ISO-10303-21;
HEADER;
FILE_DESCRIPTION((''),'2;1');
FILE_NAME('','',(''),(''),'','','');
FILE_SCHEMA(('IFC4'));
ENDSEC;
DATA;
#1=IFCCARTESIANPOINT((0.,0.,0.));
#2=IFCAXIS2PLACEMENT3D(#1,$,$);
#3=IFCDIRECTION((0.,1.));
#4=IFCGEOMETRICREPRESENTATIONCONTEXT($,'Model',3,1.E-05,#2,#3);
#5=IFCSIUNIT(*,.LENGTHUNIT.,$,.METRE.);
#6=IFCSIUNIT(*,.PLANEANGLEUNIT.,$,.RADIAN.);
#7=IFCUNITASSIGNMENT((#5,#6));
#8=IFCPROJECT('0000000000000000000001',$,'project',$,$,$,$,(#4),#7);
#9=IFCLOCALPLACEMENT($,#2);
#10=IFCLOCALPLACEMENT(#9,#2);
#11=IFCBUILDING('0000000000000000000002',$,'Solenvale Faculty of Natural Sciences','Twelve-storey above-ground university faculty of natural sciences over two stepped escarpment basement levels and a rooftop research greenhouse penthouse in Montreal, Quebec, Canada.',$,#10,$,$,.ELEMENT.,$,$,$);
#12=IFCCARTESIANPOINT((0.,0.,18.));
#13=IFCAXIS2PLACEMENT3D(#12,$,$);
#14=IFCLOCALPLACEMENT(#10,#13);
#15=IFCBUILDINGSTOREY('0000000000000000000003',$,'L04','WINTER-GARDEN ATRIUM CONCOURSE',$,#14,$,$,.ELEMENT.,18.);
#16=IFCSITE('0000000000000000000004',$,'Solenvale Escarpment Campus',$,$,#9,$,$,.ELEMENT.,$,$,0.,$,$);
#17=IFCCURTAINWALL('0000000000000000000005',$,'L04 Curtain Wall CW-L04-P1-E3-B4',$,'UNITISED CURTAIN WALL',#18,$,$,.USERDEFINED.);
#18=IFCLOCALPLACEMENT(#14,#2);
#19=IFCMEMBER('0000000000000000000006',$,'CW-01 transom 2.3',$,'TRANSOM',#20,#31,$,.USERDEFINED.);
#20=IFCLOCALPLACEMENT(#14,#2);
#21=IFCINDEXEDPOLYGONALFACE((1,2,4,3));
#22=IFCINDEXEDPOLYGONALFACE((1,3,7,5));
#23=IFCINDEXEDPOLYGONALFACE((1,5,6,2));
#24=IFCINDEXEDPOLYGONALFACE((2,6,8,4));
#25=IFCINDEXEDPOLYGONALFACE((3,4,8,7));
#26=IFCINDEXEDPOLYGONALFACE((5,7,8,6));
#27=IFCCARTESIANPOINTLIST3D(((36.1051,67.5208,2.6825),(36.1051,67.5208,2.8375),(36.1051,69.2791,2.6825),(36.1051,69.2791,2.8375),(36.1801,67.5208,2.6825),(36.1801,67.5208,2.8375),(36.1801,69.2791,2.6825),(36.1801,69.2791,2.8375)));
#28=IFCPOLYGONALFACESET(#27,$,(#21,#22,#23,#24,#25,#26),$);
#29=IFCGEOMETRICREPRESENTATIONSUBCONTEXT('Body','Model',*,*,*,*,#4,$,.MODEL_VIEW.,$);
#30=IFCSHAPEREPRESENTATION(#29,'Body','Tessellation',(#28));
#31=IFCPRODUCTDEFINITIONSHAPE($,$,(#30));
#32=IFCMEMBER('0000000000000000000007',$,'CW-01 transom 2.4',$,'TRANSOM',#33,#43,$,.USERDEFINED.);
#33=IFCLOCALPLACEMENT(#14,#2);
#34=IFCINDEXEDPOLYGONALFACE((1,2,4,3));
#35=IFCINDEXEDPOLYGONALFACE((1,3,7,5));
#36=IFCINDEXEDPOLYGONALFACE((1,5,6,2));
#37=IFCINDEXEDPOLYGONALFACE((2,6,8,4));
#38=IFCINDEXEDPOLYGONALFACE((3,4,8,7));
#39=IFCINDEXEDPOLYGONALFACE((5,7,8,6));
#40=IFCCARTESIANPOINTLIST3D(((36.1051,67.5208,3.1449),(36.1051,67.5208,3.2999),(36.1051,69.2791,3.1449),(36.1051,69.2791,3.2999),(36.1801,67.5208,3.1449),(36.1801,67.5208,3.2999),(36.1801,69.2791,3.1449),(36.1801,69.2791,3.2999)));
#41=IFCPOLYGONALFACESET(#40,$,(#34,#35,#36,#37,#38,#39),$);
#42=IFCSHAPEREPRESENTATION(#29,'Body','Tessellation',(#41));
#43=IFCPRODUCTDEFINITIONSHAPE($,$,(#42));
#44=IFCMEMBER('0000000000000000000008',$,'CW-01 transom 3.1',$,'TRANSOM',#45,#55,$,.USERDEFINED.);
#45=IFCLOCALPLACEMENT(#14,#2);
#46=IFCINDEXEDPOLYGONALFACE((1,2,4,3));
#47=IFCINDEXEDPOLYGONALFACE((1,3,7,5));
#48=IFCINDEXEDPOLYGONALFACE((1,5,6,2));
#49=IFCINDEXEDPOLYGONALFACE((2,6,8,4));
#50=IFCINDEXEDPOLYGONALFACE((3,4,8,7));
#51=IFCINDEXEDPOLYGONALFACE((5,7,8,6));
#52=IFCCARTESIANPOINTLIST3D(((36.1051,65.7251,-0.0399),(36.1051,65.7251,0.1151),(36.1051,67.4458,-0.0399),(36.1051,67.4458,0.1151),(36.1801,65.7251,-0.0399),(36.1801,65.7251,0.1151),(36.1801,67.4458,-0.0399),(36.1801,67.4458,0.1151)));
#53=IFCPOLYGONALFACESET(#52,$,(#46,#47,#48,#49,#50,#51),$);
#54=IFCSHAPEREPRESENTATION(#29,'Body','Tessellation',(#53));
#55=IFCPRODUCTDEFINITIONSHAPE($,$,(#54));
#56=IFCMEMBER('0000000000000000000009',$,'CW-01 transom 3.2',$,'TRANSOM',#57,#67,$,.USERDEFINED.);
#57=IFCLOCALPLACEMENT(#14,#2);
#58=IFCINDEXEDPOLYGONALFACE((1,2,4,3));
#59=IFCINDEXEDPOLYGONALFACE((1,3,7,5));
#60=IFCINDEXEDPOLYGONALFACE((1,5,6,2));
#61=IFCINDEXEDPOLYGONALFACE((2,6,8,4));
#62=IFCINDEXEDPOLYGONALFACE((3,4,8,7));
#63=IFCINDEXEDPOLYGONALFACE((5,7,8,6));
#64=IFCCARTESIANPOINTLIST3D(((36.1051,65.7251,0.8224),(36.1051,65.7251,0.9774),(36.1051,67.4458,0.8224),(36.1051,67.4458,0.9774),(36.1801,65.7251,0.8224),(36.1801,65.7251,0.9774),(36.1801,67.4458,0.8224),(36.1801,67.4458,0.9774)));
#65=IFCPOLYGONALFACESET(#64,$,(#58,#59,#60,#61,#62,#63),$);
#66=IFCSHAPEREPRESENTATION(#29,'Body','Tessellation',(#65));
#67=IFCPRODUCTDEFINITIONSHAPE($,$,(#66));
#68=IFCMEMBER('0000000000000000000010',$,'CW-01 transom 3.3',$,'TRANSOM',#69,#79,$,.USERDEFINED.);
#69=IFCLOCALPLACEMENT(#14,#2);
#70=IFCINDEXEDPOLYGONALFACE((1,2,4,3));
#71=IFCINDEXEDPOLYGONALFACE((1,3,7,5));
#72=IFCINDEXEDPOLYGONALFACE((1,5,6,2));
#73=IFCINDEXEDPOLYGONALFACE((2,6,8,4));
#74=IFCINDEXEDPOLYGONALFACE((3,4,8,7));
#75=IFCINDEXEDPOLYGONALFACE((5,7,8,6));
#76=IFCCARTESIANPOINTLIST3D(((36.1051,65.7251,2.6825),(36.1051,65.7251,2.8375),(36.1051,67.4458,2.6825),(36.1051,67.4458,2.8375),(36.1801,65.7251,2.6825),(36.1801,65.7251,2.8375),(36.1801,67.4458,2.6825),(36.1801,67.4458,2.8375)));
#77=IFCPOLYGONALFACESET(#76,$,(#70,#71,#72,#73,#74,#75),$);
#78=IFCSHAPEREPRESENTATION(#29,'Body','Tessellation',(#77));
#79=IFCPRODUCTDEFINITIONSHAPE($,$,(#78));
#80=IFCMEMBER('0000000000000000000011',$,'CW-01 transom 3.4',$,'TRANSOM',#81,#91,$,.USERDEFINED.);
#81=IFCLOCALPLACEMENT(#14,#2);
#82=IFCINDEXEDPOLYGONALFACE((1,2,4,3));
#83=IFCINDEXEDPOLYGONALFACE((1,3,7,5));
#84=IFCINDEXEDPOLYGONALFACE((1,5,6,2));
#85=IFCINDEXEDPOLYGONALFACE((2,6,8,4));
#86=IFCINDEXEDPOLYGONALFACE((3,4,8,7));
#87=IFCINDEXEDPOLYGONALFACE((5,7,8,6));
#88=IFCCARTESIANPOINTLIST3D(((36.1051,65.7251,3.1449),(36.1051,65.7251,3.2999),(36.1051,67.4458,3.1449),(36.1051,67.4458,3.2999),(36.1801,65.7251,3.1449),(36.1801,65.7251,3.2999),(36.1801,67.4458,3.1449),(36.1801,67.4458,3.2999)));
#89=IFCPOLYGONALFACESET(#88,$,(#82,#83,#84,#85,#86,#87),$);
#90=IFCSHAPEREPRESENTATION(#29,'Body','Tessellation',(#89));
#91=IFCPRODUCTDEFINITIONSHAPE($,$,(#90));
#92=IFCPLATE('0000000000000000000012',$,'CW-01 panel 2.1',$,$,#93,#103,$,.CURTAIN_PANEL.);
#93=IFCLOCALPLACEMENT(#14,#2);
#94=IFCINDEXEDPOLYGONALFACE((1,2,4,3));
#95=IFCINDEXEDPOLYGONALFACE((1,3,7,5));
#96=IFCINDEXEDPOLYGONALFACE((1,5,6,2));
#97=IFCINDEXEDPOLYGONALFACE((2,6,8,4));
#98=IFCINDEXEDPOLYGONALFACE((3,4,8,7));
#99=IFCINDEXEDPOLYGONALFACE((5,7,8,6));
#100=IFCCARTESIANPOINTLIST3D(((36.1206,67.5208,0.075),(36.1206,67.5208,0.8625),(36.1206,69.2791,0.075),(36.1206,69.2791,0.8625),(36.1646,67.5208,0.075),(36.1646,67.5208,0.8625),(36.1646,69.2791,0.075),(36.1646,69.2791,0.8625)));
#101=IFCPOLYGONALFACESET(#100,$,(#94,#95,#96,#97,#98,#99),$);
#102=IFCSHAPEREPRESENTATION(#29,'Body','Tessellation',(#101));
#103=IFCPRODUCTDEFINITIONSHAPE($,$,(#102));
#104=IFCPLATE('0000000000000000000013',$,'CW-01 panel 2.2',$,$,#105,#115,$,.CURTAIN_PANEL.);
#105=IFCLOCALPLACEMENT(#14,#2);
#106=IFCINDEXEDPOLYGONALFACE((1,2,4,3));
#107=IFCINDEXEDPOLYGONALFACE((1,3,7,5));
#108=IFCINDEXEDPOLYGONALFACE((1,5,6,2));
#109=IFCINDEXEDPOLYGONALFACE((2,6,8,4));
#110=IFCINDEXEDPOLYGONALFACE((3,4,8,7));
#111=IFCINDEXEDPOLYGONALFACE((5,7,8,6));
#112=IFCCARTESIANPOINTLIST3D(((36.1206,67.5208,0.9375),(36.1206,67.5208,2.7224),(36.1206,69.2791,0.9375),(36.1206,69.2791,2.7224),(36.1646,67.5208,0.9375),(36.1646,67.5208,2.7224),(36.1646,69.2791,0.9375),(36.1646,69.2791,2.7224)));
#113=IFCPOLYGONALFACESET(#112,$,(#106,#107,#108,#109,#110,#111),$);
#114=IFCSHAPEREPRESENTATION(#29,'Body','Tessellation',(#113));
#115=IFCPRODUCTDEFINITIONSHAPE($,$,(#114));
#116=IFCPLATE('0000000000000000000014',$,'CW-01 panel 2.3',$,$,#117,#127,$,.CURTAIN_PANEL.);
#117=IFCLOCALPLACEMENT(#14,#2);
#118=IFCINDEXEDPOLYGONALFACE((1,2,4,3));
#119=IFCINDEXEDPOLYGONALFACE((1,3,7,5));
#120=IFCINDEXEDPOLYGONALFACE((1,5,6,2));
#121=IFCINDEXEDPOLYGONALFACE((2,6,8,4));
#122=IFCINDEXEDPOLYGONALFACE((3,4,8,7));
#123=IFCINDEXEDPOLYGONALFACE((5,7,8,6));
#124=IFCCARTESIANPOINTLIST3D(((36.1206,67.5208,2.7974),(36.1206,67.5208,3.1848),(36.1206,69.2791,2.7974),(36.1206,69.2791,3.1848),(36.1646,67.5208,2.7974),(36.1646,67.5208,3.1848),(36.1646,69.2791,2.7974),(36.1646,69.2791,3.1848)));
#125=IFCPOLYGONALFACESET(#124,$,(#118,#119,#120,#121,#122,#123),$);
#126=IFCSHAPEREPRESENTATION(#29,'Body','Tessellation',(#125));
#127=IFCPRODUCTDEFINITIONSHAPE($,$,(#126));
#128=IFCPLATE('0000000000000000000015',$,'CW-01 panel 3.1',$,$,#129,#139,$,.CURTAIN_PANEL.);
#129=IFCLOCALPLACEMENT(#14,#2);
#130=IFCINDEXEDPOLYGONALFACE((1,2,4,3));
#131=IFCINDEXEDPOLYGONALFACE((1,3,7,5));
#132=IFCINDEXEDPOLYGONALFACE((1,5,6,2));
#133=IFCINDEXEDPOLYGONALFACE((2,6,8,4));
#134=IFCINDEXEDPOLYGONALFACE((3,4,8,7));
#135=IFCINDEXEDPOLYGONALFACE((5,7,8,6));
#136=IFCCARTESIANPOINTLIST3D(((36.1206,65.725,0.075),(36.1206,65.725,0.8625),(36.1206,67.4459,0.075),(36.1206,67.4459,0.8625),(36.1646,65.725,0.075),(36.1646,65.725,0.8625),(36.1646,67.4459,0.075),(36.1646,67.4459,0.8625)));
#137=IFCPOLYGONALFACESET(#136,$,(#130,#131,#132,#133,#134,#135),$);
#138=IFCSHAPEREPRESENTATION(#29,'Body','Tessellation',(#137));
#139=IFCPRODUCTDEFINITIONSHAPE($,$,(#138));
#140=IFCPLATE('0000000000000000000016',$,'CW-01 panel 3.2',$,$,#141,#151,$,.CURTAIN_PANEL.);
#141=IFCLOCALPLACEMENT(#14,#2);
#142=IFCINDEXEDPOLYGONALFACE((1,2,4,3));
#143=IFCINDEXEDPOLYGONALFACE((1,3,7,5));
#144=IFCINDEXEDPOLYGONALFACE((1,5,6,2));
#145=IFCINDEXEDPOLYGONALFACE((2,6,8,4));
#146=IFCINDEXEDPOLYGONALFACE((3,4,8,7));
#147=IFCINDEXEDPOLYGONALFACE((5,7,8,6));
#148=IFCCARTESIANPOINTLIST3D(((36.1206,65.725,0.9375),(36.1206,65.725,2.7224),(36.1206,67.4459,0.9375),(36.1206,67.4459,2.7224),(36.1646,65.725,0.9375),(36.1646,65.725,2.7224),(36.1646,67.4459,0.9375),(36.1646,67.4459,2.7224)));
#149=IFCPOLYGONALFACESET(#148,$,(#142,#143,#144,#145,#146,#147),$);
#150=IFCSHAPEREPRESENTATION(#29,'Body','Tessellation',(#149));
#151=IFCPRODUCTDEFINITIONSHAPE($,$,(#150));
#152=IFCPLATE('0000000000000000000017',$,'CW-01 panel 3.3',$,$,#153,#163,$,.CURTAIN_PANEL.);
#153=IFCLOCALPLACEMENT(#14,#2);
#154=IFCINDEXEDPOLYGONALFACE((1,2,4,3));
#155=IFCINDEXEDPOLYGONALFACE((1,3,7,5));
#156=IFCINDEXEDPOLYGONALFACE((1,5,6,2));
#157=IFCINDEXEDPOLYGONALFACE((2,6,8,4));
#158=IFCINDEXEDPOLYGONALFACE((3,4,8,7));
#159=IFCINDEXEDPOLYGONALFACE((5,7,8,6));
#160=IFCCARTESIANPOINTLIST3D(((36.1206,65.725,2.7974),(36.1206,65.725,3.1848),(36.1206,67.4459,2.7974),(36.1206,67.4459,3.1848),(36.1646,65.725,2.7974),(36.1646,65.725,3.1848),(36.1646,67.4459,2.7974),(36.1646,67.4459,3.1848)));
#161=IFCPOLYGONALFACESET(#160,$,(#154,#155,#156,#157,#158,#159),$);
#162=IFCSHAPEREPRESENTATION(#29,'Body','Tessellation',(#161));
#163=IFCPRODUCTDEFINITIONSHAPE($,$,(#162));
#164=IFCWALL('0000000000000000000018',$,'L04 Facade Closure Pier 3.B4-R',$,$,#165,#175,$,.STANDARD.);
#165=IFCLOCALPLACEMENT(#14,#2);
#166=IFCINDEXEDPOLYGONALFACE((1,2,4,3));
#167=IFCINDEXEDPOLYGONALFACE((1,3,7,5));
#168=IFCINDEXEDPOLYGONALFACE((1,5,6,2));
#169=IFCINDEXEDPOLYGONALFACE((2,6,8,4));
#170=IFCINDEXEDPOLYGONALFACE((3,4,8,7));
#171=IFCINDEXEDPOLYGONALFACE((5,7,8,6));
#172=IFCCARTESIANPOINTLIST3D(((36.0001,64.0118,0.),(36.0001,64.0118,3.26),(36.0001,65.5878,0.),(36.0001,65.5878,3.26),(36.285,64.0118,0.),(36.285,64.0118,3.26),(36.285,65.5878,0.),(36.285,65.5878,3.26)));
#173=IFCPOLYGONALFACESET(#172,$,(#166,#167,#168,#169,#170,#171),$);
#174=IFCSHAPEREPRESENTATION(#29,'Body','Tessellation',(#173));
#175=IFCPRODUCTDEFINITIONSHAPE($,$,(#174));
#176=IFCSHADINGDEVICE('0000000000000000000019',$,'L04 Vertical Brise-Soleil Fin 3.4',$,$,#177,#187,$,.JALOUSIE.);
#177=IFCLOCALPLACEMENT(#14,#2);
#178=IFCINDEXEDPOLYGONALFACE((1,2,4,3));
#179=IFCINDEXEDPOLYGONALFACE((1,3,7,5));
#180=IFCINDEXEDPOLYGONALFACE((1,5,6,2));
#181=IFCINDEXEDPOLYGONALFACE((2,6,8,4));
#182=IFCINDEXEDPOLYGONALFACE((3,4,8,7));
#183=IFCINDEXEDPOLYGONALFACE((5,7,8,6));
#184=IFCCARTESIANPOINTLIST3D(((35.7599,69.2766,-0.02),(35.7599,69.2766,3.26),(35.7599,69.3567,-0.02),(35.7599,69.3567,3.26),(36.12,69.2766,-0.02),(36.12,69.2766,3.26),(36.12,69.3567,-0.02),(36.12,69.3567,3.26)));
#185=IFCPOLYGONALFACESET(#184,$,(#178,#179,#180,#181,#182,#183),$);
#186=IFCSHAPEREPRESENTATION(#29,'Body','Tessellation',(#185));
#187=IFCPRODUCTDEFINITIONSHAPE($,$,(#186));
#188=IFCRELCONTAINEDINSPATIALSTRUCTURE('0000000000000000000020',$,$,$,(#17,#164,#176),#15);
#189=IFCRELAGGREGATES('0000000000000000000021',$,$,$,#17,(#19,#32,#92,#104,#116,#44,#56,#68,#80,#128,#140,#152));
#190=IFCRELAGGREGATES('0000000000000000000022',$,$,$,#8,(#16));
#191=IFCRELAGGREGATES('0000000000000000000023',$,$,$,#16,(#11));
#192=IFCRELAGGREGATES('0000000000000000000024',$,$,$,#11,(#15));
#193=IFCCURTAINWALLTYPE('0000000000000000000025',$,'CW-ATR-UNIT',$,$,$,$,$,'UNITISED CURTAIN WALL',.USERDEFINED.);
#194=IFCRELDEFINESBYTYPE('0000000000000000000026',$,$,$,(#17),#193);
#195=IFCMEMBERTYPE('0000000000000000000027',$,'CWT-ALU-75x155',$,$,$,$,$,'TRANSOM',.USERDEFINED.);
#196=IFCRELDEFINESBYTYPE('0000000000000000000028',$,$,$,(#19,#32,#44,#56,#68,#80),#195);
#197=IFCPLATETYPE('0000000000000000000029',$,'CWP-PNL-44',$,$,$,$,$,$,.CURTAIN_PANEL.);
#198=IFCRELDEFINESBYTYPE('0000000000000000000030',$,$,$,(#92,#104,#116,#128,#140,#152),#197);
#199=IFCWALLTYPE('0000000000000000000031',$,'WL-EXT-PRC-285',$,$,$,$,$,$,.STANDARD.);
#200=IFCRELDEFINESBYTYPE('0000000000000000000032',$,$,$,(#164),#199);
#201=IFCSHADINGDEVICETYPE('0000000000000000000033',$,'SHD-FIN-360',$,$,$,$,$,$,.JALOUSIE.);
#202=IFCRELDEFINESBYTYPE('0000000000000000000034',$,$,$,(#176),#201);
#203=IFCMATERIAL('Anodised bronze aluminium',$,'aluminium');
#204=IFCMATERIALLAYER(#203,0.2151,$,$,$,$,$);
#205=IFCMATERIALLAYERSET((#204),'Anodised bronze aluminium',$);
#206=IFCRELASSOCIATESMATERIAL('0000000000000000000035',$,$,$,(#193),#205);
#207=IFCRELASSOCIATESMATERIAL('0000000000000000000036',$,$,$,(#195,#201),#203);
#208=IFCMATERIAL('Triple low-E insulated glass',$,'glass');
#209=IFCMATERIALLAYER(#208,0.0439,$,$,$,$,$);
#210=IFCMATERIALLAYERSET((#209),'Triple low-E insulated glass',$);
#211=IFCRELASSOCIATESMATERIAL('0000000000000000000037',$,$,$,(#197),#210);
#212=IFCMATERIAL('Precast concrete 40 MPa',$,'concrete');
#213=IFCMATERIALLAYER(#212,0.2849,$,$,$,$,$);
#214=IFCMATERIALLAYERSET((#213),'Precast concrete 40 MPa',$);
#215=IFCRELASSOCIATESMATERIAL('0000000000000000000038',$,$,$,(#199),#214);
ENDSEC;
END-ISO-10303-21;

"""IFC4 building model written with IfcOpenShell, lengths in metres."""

from ifc_helpers import new_model, si_unit, direction, frame, frame_2d, origin, origin_2d, place, context, subcontext, project, spatial, rectangle, extrude, material, layer, layer_set, material_profile, profile_set, type_object, element, aggregate, save


model = new_model("IFC4")

# Units and contexts
model_context = context("Model", 3, precision=1e-05, world=origin(), true_north=direction((0.0, 1.0)))
body_context = subcontext(model_context, "Body", "Model", "MODEL_VIEW")
ifc_project = project(units=[si_unit("LENGTHUNIT", "METRE"), si_unit("PLANEANGLEUNIT", "RADIAN")], contexts=[model_context])

# Site, building, storey
site_placement = place(None, origin())
site = spatial("IfcSite", under=ifc_project, at=site_placement, Name="Solenvale Escarpment Campus", CompositionType="ELEMENT", RefElevation=0.0)
building_placement = place(site_placement, origin())
building = spatial("IfcBuilding", under=site, at=building_placement, Name="Solenvale Faculty of Natural Sciences", Description="Twelve-storey above-ground university faculty of natural sciences over two stepped escarpment basement levels and a rooftop research greenhouse penthouse in Montreal, Quebec, Canada.", CompositionType="ELEMENT")
storey_placement = place(building_placement, frame((0.0, 0.0, 18.0)))
storey = spatial("IfcBuildingStorey", under=building, at=storey_placement, Name="L04", Description="WINTER-GARDEN ATRIUM CONCOURSE", CompositionType="ELEMENT", Elevation=18.0)

# Curtain wall, members, plates
ifc_material_1 = material(Name="Anodised bronze aluminium", Category="aluminium")
ifc_layer_1 = layer(ifc_material_1, 0.2151)
ifc_layer_set_1 = layer_set([ifc_layer_1], Name="Anodised bronze aluminium")
curtain_wall_type = type_object("IfcCurtainWallType", Name="CW-ATR-UNIT", ElementType="UNITISED CURTAIN WALL", PredefinedType="USERDEFINED", material=ifc_layer_set_1)
curtain_wall_placement = place(storey_placement, origin())
curtain_wall = element("IfcCurtainWall", 1, at=curtain_wall_placement, inside=storey, type_object=curtain_wall_type, Name="L04 Curtain Wall CW-L04-P1-E3-B4", ObjectType="UNITISED CURTAIN WALL", PredefinedType="USERDEFINED")
ifc_material_profile_1 = material_profile(ifc_material_1, rectangle(XDim=0.075, YDim=0.155, at=origin_2d()), Name="ALU-TRN-75x155")
ifc_profile_set_1 = profile_set([ifc_material_profile_1], Name="Anodised bronze aluminium")
member_type_1 = type_object("IfcMemberType", Name="CWT-ALU-75x155", ElementType="TRANSOM", PredefinedType="USERDEFINED", material=ifc_profile_set_1)
member_1_placement = place(storey_placement, frame((36.1426, 69.2791, 2.76), z_axis=(0.0, -1.0, 0.0), x_axis=(1.0, 0.0, 0.0)))
member_1 = element("IfcMember", 2, at=member_1_placement, type_object=member_type_1, Name="CW-01 transom 2.3", ObjectType="TRANSOM", PredefinedType="USERDEFINED", context=body_context, shape_type="SweptSolid", body=[
    extrude(rectangle(XDim=0.075, YDim=0.155, at=origin_2d()), origin(), (0.0, 0.0, 1.0), 1.7583),
])
member_2_placement = place(storey_placement, frame((36.1426, 69.2791, 3.2224), z_axis=(0.0, -1.0, 0.0), x_axis=(1.0, 0.0, 0.0)))
member_2 = element("IfcMember", 3, at=member_2_placement, type_object=member_type_1, Name="CW-01 transom 2.4", ObjectType="TRANSOM", PredefinedType="USERDEFINED", context=body_context, shape_type="SweptSolid", body=[
    extrude(rectangle(XDim=0.075, YDim=0.155, at=origin_2d()), origin(), (0.0, 0.0, 1.0), 1.7583),
])
member_3_placement = place(storey_placement, frame((36.1426, 67.4458, 0.0376), z_axis=(0.0, -1.0, 0.0), x_axis=(1.0, 0.0, 0.0)))
member_3 = element("IfcMember", 4, at=member_3_placement, type_object=member_type_1, Name="CW-01 transom 3.1", ObjectType="TRANSOM", PredefinedType="USERDEFINED", context=body_context, shape_type="SweptSolid", body=[
    extrude(rectangle(XDim=0.075, YDim=0.155, at=origin_2d()), origin(), (0.0, 0.0, 1.0), 1.7207),
])
member_4_placement = place(storey_placement, frame((36.1426, 67.4458, 0.8999), z_axis=(0.0, -1.0, 0.0), x_axis=(1.0, 0.0, 0.0)))
member_4 = element("IfcMember", 5, at=member_4_placement, type_object=member_type_1, Name="CW-01 transom 3.2", ObjectType="TRANSOM", PredefinedType="USERDEFINED", context=body_context, shape_type="SweptSolid", body=[
    extrude(rectangle(XDim=0.075, YDim=0.155, at=origin_2d()), origin(), (0.0, 0.0, 1.0), 1.7207),
])
member_5_placement = place(storey_placement, frame((36.1426, 67.4458, 2.76), z_axis=(0.0, -1.0, 0.0), x_axis=(1.0, 0.0, 0.0)))
member_5 = element("IfcMember", 6, at=member_5_placement, type_object=member_type_1, Name="CW-01 transom 3.3", ObjectType="TRANSOM", PredefinedType="USERDEFINED", context=body_context, shape_type="SweptSolid", body=[
    extrude(rectangle(XDim=0.075, YDim=0.155, at=origin_2d()), origin(), (0.0, 0.0, 1.0), 1.7207),
])
member_6_placement = place(storey_placement, frame((36.1426, 67.4458, 3.2224), z_axis=(0.0, -1.0, 0.0), x_axis=(1.0, 0.0, 0.0)))
member_6 = element("IfcMember", 7, at=member_6_placement, type_object=member_type_1, Name="CW-01 transom 3.4", ObjectType="TRANSOM", PredefinedType="USERDEFINED", context=body_context, shape_type="SweptSolid", body=[
    extrude(rectangle(XDim=0.075, YDim=0.155, at=origin_2d()), origin(), (0.0, 0.0, 1.0), 1.7207),
])
ifc_material_2 = material(Name="Triple low-E insulated glass", Category="glass")
ifc_layer_2 = layer(ifc_material_2, 0.0439)
ifc_layer_set_2 = layer_set([ifc_layer_2], Name="Triple low-E insulated glass")
plate_type = type_object("IfcPlateType", Name="CWP-PNL-44", PredefinedType="CURTAIN_PANEL", material=ifc_layer_set_2)
plate_1_placement = place(storey_placement, frame((36.1426, 68.3999, 0.075), z_axis=(0.0, 0.0, 1.0), x_axis=(0.0, -1.0, 0.0)))
plate_1 = element("IfcPlate", 8, at=plate_1_placement, type_object=plate_type, Name="CW-01 panel 2.1", PredefinedType="CURTAIN_PANEL", context=body_context, shape_type="SweptSolid", body=[
    extrude(rectangle(XDim=1.7583, YDim=0.0439, at=origin_2d()), origin(), (0.0, 0.0, 1.0), 0.7876),
])
plate_2_placement = place(storey_placement, frame((36.1426, 68.3999, 0.9375), z_axis=(0.0, 0.0, 1.0), x_axis=(0.0, -1.0, 0.0)))
plate_2 = element("IfcPlate", 9, at=plate_2_placement, type_object=plate_type, Name="CW-01 panel 2.2", PredefinedType="CURTAIN_PANEL", context=body_context, shape_type="SweptSolid", body=[
    extrude(rectangle(XDim=1.7583, YDim=0.0439, at=origin_2d()), origin(), (0.0, 0.0, 1.0), 1.7849),
])
plate_3_placement = place(storey_placement, frame((36.1426, 68.3999, 2.7974), z_axis=(0.0, 0.0, 1.0), x_axis=(0.0, -1.0, 0.0)))
plate_3 = element("IfcPlate", 10, at=plate_3_placement, type_object=plate_type, Name="CW-01 panel 2.3", PredefinedType="CURTAIN_PANEL", context=body_context, shape_type="SweptSolid", body=[
    extrude(rectangle(XDim=1.7583, YDim=0.0439, at=origin_2d()), origin(), (0.0, 0.0, 1.0), 0.3875),
])
plate_4_placement = place(storey_placement, frame((36.1426, 66.5854, 0.075), z_axis=(0.0, 0.0, 1.0), x_axis=(0.0, -1.0, 0.0)))
plate_4 = element("IfcPlate", 11, at=plate_4_placement, type_object=plate_type, Name="CW-01 panel 3.1", PredefinedType="CURTAIN_PANEL", context=body_context, shape_type="SweptSolid", body=[
    extrude(rectangle(XDim=1.7209, YDim=0.0439, at=origin_2d()), origin(), (0.0, 0.0, 1.0), 0.7876),
])
plate_5_placement = place(storey_placement, frame((36.1426, 66.5854, 0.9375), z_axis=(0.0, 0.0, 1.0), x_axis=(0.0, -1.0, 0.0)))
plate_5 = element("IfcPlate", 12, at=plate_5_placement, type_object=plate_type, Name="CW-01 panel 3.2", PredefinedType="CURTAIN_PANEL", context=body_context, shape_type="SweptSolid", body=[
    extrude(rectangle(XDim=1.7209, YDim=0.0439, at=origin_2d()), origin(), (0.0, 0.0, 1.0), 1.7849),
])
plate_6_placement = place(storey_placement, frame((36.1426, 66.5854, 2.7974), z_axis=(0.0, 0.0, 1.0), x_axis=(0.0, -1.0, 0.0)))
plate_6 = element("IfcPlate", 13, at=plate_6_placement, type_object=plate_type, Name="CW-01 panel 3.3", PredefinedType="CURTAIN_PANEL", context=body_context, shape_type="SweptSolid", body=[
    extrude(rectangle(XDim=1.7209, YDim=0.0439, at=origin_2d()), origin(), (0.0, 0.0, 1.0), 0.3875),
])
aggregate(curtain_wall, [member_1, member_2, plate_1, plate_2, plate_3, member_3, member_4, member_5, member_6, plate_4, plate_5, plate_6])

# Wall
ifc_material_3 = material(Name="Precast concrete 40 MPa", Category="concrete")
ifc_layer_3 = layer(ifc_material_3, 0.2849)
ifc_layer_set_3 = layer_set([ifc_layer_3], Name="Precast concrete 40 MPa")
wall_type = type_object("IfcWallType", Name="WL-EXT-PRC-285", PredefinedType="STANDARD", material=ifc_layer_set_3)
wall_placement = place(storey_placement, frame((36.1426, 65.5879, 0.0), z_axis=(0.0, 0.0, 1.0), x_axis=(0.0, -1.0, 0.0)))
element("IfcWall", 14, at=wall_placement, inside=storey, type_object=wall_type, Name="L04 Facade Closure Pier 3.B4-R", PredefinedType="STANDARD", context=body_context, shape_type="SweptSolid", body=[
    extrude(rectangle(XDim=1.5759, YDim=0.2849, at=frame_2d((0.7881, 0.0))), origin(), (0.0, 0.0, 1.0), 3.26),
])

# Shading device
ifc_material_profile_2 = material_profile(ifc_material_1, rectangle(XDim=0.0801, YDim=0.3601, at=origin_2d()), Name="ALU-FIN-80x360")
ifc_profile_set_2 = profile_set([ifc_material_profile_2], Name="Anodised bronze aluminium")
shading_device_type = type_object("IfcShadingDeviceType", Name="SHD-FIN-360", PredefinedType="JALOUSIE", material=ifc_profile_set_2)
shading_device_placement = place(storey_placement, frame((35.9399, 69.3167, -0.02), z_axis=(0.0, 0.0, 1.0), x_axis=(0.0, 1.0, 0.0)))
element("IfcShadingDevice", 15, at=shading_device_placement, inside=storey, type_object=shading_device_type, Name="L04 Vertical Brise-Soleil Fin 3.4", PredefinedType="JALOUSIE", context=body_context, shape_type="SweptSolid", body=[
    extrude(rectangle(XDim=0.0801, YDim=0.3601, at=origin_2d()), origin(), (0.0, 0.0, 1.0), 3.28),
])

save(model, "model.ifc")
